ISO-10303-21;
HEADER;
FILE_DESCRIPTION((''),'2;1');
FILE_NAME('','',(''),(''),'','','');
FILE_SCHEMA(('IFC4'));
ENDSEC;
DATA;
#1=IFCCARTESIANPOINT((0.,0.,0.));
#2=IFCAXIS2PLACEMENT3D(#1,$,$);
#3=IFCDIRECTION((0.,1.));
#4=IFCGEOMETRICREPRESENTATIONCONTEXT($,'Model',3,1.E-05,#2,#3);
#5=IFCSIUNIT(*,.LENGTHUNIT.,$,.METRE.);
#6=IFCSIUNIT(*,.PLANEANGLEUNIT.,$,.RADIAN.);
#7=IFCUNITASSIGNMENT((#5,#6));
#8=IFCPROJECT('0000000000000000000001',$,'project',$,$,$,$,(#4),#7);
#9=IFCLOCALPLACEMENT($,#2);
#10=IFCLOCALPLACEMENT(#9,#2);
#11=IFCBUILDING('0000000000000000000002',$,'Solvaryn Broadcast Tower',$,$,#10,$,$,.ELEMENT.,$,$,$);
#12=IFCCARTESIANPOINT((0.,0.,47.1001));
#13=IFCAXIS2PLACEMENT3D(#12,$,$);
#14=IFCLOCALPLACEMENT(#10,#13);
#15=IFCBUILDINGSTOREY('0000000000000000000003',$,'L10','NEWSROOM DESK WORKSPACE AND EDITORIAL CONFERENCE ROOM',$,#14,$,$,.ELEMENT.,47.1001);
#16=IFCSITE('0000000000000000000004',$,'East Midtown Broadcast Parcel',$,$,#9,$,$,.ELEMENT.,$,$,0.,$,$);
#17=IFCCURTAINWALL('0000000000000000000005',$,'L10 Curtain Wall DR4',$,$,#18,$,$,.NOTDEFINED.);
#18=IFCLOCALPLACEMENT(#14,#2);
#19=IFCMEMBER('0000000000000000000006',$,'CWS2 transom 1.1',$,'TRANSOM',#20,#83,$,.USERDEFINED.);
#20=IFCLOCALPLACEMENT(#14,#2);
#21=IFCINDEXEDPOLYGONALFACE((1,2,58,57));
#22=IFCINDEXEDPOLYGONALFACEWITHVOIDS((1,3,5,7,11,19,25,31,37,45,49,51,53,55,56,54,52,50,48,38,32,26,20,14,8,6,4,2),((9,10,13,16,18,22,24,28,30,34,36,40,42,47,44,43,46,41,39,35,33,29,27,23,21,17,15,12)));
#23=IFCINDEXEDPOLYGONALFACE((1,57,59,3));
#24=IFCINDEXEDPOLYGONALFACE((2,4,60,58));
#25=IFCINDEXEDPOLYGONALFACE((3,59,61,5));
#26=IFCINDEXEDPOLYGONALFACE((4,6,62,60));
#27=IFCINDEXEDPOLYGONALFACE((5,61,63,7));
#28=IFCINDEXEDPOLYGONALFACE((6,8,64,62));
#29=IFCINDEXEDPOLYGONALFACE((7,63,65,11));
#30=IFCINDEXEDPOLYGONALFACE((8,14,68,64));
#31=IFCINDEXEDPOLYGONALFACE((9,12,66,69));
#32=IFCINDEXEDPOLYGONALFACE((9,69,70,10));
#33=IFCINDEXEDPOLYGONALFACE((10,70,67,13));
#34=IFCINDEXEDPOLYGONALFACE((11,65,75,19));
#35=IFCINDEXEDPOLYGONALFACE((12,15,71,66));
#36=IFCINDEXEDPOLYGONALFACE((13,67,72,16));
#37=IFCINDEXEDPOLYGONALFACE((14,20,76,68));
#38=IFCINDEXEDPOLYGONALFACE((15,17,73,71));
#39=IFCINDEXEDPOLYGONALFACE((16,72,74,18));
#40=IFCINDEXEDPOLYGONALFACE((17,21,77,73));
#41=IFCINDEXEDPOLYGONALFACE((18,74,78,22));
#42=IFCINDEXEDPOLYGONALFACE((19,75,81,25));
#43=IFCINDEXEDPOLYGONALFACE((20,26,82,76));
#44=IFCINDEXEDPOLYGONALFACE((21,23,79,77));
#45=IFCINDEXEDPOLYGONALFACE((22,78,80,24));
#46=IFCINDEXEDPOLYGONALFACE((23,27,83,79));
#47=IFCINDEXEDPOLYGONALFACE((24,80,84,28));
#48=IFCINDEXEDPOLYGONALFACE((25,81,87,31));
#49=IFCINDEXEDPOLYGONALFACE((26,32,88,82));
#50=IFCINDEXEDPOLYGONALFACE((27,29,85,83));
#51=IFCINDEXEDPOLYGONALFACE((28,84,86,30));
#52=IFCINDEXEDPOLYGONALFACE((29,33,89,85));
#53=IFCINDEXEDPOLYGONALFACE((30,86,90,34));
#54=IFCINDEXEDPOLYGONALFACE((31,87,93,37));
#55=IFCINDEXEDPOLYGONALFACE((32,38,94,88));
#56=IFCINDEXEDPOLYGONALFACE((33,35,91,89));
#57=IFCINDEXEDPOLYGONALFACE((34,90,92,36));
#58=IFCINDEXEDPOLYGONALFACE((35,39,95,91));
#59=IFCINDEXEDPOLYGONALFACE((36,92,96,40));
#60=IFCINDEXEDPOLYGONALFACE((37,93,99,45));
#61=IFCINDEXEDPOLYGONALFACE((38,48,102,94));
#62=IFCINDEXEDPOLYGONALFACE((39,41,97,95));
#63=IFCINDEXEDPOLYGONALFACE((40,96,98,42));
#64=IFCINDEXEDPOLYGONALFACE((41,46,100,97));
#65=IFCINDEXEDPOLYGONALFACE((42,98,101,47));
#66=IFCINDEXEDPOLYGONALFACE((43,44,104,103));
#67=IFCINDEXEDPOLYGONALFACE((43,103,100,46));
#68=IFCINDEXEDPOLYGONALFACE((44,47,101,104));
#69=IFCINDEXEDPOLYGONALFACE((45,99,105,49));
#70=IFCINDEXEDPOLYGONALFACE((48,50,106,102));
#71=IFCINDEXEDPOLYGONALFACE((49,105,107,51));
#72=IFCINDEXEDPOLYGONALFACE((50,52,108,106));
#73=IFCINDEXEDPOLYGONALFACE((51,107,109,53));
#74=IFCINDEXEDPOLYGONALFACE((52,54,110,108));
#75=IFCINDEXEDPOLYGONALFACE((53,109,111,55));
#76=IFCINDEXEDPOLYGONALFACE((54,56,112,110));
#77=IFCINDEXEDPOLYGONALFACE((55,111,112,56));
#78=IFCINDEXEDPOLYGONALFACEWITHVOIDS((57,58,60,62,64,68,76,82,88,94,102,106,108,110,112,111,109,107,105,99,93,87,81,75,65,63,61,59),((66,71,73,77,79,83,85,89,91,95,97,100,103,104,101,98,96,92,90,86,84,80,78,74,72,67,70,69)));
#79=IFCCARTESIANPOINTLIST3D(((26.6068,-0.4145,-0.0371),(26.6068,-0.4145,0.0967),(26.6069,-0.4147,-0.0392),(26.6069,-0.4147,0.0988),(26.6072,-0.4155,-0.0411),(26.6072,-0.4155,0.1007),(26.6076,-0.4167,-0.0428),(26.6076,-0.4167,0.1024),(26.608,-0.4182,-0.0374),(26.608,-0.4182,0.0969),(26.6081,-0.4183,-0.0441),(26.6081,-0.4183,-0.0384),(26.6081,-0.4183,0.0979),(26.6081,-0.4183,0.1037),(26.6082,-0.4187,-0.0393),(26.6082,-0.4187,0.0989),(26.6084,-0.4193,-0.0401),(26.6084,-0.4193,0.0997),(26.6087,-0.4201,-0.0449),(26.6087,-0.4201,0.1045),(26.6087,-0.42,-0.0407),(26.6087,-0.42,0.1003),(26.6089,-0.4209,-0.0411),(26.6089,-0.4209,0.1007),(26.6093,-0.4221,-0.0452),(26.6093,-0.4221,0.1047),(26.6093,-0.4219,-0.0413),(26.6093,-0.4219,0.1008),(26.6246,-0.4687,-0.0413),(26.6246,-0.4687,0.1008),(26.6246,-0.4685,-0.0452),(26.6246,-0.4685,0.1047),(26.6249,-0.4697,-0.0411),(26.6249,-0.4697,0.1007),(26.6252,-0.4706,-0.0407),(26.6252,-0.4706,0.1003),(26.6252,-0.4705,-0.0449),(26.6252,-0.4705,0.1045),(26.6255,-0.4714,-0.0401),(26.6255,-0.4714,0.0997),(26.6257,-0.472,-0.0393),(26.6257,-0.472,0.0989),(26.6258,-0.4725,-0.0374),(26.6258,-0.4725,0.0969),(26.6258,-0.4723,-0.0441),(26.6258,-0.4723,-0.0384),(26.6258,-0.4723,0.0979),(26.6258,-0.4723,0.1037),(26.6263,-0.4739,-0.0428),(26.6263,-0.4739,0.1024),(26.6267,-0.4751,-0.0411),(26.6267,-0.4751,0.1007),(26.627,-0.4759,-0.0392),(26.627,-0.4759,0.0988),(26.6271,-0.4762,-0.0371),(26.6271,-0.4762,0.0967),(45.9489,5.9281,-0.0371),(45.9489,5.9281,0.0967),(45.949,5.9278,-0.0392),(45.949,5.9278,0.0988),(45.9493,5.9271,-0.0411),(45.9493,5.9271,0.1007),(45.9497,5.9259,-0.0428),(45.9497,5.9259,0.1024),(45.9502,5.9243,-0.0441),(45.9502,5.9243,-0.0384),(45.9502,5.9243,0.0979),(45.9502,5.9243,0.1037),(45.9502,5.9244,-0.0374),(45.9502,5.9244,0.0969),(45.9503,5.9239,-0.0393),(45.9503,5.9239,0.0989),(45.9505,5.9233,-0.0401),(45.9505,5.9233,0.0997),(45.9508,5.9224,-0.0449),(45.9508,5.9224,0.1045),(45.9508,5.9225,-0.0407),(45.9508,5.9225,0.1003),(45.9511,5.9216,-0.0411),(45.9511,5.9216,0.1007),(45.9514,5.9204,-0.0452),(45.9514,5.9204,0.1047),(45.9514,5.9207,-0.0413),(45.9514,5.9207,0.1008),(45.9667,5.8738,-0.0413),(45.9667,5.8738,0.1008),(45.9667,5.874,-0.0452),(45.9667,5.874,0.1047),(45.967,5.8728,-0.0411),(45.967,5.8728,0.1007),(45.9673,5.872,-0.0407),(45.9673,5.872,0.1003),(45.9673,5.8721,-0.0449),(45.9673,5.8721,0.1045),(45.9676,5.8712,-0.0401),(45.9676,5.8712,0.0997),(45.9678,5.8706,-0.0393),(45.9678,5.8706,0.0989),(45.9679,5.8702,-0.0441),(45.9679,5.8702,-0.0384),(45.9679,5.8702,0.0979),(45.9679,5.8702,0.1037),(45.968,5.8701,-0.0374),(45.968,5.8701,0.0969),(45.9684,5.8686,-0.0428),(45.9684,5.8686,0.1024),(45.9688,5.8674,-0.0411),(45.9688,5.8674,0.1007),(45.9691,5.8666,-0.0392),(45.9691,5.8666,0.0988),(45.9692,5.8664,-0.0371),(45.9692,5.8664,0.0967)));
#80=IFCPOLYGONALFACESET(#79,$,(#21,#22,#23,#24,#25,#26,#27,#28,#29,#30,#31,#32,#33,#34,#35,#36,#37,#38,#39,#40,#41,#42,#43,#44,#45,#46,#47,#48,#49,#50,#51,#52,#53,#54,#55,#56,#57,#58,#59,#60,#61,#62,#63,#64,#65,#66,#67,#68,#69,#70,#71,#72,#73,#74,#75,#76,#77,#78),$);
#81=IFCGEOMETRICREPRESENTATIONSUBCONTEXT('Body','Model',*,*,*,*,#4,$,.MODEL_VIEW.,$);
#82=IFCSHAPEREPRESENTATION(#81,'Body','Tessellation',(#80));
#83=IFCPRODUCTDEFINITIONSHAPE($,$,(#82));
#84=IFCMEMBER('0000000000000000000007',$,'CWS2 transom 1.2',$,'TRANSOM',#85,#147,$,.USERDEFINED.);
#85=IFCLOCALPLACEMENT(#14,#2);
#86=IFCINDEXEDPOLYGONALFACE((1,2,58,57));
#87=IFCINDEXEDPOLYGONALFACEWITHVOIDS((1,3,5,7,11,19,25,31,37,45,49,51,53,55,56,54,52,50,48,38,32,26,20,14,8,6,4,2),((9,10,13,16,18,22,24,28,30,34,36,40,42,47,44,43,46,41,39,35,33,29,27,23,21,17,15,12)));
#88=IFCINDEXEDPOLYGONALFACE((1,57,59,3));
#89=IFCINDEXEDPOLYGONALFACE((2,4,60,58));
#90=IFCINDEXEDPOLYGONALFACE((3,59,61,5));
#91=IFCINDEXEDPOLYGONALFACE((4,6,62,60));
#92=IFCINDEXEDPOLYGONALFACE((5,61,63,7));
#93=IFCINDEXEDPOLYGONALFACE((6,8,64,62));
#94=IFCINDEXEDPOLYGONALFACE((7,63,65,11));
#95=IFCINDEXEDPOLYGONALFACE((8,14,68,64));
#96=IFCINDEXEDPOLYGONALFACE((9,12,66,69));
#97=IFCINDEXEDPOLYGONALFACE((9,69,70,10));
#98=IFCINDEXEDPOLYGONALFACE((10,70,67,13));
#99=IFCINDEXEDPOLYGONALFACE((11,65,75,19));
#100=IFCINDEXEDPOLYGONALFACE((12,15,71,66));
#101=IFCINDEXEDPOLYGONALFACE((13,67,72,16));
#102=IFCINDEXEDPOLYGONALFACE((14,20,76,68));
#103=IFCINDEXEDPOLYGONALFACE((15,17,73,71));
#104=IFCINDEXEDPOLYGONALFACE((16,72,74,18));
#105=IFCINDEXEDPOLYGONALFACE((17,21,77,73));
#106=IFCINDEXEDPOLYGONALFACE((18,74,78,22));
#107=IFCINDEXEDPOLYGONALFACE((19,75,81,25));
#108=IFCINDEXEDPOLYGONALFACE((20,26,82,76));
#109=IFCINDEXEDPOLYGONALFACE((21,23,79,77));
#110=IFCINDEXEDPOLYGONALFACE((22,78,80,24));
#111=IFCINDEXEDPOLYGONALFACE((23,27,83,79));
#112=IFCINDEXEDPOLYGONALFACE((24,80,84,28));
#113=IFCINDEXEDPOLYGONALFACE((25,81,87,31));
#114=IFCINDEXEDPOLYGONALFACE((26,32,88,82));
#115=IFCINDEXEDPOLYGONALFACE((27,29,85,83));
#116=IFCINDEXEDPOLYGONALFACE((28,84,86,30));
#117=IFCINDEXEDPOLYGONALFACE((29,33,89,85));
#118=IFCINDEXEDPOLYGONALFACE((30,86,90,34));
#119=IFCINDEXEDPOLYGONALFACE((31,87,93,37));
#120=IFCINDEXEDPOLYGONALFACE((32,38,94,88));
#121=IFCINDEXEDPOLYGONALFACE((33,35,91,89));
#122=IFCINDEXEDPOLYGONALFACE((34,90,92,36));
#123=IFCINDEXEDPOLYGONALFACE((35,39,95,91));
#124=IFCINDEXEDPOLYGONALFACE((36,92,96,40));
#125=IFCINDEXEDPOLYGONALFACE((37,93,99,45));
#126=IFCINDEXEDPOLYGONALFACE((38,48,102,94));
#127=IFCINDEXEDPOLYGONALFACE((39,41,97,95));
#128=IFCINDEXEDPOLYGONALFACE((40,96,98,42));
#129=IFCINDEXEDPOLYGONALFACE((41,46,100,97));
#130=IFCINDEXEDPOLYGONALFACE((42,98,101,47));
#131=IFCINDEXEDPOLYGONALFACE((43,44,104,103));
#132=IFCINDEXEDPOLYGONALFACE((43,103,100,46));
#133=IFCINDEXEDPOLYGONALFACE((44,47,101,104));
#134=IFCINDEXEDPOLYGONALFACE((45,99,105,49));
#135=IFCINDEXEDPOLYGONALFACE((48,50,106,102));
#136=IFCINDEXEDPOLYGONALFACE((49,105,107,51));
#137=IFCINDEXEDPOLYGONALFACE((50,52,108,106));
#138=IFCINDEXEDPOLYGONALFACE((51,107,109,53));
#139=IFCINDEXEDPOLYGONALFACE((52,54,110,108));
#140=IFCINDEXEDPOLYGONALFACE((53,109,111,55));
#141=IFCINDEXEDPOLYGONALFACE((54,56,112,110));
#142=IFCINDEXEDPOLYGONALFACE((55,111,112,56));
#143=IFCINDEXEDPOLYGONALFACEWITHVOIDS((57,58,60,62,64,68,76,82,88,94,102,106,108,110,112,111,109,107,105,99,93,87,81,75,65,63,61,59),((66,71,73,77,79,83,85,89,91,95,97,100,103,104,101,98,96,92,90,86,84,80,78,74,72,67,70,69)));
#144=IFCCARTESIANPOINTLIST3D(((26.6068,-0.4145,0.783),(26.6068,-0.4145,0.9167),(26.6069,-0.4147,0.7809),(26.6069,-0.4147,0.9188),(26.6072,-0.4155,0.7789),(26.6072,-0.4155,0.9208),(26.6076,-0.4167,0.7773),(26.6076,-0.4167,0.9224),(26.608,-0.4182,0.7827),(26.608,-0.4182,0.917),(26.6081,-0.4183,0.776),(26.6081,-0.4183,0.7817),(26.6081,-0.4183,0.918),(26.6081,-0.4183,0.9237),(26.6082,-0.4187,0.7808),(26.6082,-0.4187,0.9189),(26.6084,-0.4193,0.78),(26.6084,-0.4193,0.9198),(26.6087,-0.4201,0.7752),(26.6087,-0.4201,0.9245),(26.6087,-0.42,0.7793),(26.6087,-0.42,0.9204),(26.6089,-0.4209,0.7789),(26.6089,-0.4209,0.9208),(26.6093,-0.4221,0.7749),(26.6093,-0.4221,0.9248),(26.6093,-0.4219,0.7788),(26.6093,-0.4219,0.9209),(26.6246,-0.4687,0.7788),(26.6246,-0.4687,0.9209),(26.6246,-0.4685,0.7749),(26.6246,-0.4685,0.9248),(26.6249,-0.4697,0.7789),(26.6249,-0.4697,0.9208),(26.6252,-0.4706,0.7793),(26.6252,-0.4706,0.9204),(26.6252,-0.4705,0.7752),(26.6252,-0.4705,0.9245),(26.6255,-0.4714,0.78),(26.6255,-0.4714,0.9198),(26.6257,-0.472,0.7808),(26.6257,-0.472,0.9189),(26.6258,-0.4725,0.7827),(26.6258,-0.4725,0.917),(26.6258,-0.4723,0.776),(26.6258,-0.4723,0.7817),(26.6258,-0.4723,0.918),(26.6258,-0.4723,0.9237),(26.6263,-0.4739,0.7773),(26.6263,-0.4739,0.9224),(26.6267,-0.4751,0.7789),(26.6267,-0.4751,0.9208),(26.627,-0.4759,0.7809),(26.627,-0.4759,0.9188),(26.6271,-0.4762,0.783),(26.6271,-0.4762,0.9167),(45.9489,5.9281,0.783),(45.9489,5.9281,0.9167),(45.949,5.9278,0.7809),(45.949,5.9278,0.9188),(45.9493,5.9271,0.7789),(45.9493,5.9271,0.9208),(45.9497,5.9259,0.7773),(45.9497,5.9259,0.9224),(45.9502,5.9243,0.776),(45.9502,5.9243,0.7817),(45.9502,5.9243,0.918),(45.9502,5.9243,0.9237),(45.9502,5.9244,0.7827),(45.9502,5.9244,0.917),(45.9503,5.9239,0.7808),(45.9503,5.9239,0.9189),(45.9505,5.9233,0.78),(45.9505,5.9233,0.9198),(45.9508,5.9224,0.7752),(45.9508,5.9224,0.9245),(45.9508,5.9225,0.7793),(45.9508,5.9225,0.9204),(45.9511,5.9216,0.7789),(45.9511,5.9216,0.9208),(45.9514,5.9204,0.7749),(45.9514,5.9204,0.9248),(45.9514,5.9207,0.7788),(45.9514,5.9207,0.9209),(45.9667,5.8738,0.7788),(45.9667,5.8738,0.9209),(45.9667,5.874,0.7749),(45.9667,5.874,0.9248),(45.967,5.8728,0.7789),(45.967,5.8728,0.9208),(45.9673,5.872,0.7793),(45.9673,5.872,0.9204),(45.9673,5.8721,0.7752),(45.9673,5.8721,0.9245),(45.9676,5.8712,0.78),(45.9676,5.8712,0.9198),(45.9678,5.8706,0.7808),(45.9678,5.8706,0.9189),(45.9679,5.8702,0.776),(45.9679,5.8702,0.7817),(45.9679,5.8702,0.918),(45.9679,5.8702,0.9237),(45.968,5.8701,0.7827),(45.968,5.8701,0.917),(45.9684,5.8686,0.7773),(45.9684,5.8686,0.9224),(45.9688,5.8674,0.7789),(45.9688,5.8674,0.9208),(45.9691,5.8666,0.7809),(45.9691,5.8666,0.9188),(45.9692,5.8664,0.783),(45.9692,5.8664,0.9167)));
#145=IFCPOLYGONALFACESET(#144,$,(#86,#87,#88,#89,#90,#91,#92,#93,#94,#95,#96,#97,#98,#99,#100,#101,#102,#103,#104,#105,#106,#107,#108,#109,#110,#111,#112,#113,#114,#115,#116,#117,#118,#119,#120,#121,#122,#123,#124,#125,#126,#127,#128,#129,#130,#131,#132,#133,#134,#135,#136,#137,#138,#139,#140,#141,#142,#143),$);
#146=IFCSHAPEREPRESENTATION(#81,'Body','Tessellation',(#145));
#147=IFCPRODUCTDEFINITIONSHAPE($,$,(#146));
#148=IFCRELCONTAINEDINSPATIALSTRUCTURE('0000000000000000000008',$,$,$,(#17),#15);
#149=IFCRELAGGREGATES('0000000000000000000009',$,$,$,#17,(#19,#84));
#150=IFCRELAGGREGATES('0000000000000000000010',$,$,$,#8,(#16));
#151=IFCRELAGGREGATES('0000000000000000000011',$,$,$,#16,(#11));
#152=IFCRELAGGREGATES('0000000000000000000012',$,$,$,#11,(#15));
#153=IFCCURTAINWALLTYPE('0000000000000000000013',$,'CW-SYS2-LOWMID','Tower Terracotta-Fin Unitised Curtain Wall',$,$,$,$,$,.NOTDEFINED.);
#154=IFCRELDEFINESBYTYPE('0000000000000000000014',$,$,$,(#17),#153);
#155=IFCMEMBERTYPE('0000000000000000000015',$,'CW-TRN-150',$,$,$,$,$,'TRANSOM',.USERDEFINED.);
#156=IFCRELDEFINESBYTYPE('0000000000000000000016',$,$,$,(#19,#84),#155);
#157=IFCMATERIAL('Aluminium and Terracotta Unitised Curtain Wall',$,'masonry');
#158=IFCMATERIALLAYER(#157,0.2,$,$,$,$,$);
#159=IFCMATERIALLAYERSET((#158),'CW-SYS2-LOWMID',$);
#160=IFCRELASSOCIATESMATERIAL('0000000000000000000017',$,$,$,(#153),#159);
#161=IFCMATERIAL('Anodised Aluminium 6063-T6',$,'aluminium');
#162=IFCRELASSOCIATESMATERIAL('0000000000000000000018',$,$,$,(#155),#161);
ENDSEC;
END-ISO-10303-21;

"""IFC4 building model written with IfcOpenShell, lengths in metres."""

from ifc_helpers import new_model, si_unit, direction, frame, origin, origin_2d, place, context, subcontext, project, spatial, hollow_rectangle, extrude, material, layer, layer_set, material_profile, profile_set, type_object, element, aggregate, save


model = new_model("IFC4")

# Units and contexts
model_context = context("Model", 3, precision=1e-05, world=origin(), true_north=direction((0.0, 1.0)))
body_context = subcontext(model_context, "Body", "Model", "MODEL_VIEW")
ifc_project = project(units=[si_unit("LENGTHUNIT", "METRE"), si_unit("PLANEANGLEUNIT", "RADIAN")], contexts=[model_context])

# Site, building, storey
site_placement = place(None, origin())
site = spatial("IfcSite", under=ifc_project, at=site_placement, Name="East Midtown Broadcast Parcel", CompositionType="ELEMENT", RefElevation=0.0)
building_placement = place(site_placement, origin())
building = spatial("IfcBuilding", under=site, at=building_placement, Name="Solvaryn Broadcast Tower", CompositionType="ELEMENT")
storey_placement = place(building_placement, frame((0.0, 0.0, 47.1001)))
storey = spatial("IfcBuildingStorey", under=building, at=storey_placement, Name="L10", Description="NEWSROOM DESK WORKSPACE AND EDITORIAL CONFERENCE ROOM", CompositionType="ELEMENT", Elevation=47.1001)

# Shared definitions
ifc_material_1 = material(Name="Aluminium and Terracotta Unitised Curtain Wall", Category="masonry")
ifc_layer_1 = layer(ifc_material_1, 0.2)
ifc_layer_set_1 = layer_set([ifc_layer_1], Name="CW-SYS2-LOWMID")
curtain_wall_type = type_object("IfcCurtainWallType", Name="CW-SYS2-LOWMID", Description="Tower Terracotta-Fin Unitised Curtain Wall", PredefinedType="NOTDEFINED", material=ifc_layer_set_1)

# Curtain wall, members
curtain_wall_1_placement = place(storey_placement, origin())
curtain_wall_1 = element("IfcCurtainWall", 1, at=curtain_wall_1_placement, inside=storey, type_object=curtain_wall_type, Name="L10 Curtain Wall DR4", PredefinedType="NOTDEFINED")
ifc_material_2 = material(Name="Anodised Aluminium 6063-T6", Category="aluminium")
ifc_material_profile_1 = material_profile(ifc_material_2, hollow_rectangle(XDim=0.0649, YDim=0.1499, WallThickness=0.0039, InnerFilletRadius=0.0039, OuterFilletRadius=0.0081, at=origin_2d()))
ifc_profile_set_1 = profile_set([ifc_material_profile_1], Name="Anodised Aluminium 6063-T6")
member_type_1 = type_object("IfcMemberType", Name="CW-TRN-150", ElementType="TRANSOM", PredefinedType="USERDEFINED", material=ifc_profile_set_1)
member_1_placement = place(storey_placement, frame((26.6169, -0.4453, 0.0298), z_axis=(0.950217, 0.31159, 0.0), x_axis=(-0.31159, 0.950217, 0.0)))
member_1 = element("IfcMember", 2, at=member_1_placement, type_object=member_type_1, Name="CWS2 transom 1.1", ObjectType="TRANSOM", PredefinedType="USERDEFINED", context=body_context, shape_type="SweptSolid", body=[
    extrude(hollow_rectangle(XDim=0.0649, YDim=0.1499, WallThickness=0.0039, InnerFilletRadius=0.0039, OuterFilletRadius=0.0081, at=origin_2d()), origin(), (0.0, 0.0, 1.0), 20.3555),
])
member_2_placement = place(storey_placement, frame((26.6169, -0.4453, 0.8499), z_axis=(0.950217, 0.31159, 0.0), x_axis=(-0.31159, 0.950217, 0.0)))
member_2 = element("IfcMember", 3, at=member_2_placement, type_object=member_type_1, Name="CWS2 transom 1.2", ObjectType="TRANSOM", PredefinedType="USERDEFINED", context=body_context, shape_type="SweptSolid", body=[
    extrude(hollow_rectangle(XDim=0.0649, YDim=0.1499, WallThickness=0.0039, InnerFilletRadius=0.0039, OuterFilletRadius=0.0081, at=origin_2d()), origin(), (0.0, 0.0, 1.0), 20.3555),
])
aggregate(curtain_wall_1, [member_1, member_2])

save(model, "model.ifc")
